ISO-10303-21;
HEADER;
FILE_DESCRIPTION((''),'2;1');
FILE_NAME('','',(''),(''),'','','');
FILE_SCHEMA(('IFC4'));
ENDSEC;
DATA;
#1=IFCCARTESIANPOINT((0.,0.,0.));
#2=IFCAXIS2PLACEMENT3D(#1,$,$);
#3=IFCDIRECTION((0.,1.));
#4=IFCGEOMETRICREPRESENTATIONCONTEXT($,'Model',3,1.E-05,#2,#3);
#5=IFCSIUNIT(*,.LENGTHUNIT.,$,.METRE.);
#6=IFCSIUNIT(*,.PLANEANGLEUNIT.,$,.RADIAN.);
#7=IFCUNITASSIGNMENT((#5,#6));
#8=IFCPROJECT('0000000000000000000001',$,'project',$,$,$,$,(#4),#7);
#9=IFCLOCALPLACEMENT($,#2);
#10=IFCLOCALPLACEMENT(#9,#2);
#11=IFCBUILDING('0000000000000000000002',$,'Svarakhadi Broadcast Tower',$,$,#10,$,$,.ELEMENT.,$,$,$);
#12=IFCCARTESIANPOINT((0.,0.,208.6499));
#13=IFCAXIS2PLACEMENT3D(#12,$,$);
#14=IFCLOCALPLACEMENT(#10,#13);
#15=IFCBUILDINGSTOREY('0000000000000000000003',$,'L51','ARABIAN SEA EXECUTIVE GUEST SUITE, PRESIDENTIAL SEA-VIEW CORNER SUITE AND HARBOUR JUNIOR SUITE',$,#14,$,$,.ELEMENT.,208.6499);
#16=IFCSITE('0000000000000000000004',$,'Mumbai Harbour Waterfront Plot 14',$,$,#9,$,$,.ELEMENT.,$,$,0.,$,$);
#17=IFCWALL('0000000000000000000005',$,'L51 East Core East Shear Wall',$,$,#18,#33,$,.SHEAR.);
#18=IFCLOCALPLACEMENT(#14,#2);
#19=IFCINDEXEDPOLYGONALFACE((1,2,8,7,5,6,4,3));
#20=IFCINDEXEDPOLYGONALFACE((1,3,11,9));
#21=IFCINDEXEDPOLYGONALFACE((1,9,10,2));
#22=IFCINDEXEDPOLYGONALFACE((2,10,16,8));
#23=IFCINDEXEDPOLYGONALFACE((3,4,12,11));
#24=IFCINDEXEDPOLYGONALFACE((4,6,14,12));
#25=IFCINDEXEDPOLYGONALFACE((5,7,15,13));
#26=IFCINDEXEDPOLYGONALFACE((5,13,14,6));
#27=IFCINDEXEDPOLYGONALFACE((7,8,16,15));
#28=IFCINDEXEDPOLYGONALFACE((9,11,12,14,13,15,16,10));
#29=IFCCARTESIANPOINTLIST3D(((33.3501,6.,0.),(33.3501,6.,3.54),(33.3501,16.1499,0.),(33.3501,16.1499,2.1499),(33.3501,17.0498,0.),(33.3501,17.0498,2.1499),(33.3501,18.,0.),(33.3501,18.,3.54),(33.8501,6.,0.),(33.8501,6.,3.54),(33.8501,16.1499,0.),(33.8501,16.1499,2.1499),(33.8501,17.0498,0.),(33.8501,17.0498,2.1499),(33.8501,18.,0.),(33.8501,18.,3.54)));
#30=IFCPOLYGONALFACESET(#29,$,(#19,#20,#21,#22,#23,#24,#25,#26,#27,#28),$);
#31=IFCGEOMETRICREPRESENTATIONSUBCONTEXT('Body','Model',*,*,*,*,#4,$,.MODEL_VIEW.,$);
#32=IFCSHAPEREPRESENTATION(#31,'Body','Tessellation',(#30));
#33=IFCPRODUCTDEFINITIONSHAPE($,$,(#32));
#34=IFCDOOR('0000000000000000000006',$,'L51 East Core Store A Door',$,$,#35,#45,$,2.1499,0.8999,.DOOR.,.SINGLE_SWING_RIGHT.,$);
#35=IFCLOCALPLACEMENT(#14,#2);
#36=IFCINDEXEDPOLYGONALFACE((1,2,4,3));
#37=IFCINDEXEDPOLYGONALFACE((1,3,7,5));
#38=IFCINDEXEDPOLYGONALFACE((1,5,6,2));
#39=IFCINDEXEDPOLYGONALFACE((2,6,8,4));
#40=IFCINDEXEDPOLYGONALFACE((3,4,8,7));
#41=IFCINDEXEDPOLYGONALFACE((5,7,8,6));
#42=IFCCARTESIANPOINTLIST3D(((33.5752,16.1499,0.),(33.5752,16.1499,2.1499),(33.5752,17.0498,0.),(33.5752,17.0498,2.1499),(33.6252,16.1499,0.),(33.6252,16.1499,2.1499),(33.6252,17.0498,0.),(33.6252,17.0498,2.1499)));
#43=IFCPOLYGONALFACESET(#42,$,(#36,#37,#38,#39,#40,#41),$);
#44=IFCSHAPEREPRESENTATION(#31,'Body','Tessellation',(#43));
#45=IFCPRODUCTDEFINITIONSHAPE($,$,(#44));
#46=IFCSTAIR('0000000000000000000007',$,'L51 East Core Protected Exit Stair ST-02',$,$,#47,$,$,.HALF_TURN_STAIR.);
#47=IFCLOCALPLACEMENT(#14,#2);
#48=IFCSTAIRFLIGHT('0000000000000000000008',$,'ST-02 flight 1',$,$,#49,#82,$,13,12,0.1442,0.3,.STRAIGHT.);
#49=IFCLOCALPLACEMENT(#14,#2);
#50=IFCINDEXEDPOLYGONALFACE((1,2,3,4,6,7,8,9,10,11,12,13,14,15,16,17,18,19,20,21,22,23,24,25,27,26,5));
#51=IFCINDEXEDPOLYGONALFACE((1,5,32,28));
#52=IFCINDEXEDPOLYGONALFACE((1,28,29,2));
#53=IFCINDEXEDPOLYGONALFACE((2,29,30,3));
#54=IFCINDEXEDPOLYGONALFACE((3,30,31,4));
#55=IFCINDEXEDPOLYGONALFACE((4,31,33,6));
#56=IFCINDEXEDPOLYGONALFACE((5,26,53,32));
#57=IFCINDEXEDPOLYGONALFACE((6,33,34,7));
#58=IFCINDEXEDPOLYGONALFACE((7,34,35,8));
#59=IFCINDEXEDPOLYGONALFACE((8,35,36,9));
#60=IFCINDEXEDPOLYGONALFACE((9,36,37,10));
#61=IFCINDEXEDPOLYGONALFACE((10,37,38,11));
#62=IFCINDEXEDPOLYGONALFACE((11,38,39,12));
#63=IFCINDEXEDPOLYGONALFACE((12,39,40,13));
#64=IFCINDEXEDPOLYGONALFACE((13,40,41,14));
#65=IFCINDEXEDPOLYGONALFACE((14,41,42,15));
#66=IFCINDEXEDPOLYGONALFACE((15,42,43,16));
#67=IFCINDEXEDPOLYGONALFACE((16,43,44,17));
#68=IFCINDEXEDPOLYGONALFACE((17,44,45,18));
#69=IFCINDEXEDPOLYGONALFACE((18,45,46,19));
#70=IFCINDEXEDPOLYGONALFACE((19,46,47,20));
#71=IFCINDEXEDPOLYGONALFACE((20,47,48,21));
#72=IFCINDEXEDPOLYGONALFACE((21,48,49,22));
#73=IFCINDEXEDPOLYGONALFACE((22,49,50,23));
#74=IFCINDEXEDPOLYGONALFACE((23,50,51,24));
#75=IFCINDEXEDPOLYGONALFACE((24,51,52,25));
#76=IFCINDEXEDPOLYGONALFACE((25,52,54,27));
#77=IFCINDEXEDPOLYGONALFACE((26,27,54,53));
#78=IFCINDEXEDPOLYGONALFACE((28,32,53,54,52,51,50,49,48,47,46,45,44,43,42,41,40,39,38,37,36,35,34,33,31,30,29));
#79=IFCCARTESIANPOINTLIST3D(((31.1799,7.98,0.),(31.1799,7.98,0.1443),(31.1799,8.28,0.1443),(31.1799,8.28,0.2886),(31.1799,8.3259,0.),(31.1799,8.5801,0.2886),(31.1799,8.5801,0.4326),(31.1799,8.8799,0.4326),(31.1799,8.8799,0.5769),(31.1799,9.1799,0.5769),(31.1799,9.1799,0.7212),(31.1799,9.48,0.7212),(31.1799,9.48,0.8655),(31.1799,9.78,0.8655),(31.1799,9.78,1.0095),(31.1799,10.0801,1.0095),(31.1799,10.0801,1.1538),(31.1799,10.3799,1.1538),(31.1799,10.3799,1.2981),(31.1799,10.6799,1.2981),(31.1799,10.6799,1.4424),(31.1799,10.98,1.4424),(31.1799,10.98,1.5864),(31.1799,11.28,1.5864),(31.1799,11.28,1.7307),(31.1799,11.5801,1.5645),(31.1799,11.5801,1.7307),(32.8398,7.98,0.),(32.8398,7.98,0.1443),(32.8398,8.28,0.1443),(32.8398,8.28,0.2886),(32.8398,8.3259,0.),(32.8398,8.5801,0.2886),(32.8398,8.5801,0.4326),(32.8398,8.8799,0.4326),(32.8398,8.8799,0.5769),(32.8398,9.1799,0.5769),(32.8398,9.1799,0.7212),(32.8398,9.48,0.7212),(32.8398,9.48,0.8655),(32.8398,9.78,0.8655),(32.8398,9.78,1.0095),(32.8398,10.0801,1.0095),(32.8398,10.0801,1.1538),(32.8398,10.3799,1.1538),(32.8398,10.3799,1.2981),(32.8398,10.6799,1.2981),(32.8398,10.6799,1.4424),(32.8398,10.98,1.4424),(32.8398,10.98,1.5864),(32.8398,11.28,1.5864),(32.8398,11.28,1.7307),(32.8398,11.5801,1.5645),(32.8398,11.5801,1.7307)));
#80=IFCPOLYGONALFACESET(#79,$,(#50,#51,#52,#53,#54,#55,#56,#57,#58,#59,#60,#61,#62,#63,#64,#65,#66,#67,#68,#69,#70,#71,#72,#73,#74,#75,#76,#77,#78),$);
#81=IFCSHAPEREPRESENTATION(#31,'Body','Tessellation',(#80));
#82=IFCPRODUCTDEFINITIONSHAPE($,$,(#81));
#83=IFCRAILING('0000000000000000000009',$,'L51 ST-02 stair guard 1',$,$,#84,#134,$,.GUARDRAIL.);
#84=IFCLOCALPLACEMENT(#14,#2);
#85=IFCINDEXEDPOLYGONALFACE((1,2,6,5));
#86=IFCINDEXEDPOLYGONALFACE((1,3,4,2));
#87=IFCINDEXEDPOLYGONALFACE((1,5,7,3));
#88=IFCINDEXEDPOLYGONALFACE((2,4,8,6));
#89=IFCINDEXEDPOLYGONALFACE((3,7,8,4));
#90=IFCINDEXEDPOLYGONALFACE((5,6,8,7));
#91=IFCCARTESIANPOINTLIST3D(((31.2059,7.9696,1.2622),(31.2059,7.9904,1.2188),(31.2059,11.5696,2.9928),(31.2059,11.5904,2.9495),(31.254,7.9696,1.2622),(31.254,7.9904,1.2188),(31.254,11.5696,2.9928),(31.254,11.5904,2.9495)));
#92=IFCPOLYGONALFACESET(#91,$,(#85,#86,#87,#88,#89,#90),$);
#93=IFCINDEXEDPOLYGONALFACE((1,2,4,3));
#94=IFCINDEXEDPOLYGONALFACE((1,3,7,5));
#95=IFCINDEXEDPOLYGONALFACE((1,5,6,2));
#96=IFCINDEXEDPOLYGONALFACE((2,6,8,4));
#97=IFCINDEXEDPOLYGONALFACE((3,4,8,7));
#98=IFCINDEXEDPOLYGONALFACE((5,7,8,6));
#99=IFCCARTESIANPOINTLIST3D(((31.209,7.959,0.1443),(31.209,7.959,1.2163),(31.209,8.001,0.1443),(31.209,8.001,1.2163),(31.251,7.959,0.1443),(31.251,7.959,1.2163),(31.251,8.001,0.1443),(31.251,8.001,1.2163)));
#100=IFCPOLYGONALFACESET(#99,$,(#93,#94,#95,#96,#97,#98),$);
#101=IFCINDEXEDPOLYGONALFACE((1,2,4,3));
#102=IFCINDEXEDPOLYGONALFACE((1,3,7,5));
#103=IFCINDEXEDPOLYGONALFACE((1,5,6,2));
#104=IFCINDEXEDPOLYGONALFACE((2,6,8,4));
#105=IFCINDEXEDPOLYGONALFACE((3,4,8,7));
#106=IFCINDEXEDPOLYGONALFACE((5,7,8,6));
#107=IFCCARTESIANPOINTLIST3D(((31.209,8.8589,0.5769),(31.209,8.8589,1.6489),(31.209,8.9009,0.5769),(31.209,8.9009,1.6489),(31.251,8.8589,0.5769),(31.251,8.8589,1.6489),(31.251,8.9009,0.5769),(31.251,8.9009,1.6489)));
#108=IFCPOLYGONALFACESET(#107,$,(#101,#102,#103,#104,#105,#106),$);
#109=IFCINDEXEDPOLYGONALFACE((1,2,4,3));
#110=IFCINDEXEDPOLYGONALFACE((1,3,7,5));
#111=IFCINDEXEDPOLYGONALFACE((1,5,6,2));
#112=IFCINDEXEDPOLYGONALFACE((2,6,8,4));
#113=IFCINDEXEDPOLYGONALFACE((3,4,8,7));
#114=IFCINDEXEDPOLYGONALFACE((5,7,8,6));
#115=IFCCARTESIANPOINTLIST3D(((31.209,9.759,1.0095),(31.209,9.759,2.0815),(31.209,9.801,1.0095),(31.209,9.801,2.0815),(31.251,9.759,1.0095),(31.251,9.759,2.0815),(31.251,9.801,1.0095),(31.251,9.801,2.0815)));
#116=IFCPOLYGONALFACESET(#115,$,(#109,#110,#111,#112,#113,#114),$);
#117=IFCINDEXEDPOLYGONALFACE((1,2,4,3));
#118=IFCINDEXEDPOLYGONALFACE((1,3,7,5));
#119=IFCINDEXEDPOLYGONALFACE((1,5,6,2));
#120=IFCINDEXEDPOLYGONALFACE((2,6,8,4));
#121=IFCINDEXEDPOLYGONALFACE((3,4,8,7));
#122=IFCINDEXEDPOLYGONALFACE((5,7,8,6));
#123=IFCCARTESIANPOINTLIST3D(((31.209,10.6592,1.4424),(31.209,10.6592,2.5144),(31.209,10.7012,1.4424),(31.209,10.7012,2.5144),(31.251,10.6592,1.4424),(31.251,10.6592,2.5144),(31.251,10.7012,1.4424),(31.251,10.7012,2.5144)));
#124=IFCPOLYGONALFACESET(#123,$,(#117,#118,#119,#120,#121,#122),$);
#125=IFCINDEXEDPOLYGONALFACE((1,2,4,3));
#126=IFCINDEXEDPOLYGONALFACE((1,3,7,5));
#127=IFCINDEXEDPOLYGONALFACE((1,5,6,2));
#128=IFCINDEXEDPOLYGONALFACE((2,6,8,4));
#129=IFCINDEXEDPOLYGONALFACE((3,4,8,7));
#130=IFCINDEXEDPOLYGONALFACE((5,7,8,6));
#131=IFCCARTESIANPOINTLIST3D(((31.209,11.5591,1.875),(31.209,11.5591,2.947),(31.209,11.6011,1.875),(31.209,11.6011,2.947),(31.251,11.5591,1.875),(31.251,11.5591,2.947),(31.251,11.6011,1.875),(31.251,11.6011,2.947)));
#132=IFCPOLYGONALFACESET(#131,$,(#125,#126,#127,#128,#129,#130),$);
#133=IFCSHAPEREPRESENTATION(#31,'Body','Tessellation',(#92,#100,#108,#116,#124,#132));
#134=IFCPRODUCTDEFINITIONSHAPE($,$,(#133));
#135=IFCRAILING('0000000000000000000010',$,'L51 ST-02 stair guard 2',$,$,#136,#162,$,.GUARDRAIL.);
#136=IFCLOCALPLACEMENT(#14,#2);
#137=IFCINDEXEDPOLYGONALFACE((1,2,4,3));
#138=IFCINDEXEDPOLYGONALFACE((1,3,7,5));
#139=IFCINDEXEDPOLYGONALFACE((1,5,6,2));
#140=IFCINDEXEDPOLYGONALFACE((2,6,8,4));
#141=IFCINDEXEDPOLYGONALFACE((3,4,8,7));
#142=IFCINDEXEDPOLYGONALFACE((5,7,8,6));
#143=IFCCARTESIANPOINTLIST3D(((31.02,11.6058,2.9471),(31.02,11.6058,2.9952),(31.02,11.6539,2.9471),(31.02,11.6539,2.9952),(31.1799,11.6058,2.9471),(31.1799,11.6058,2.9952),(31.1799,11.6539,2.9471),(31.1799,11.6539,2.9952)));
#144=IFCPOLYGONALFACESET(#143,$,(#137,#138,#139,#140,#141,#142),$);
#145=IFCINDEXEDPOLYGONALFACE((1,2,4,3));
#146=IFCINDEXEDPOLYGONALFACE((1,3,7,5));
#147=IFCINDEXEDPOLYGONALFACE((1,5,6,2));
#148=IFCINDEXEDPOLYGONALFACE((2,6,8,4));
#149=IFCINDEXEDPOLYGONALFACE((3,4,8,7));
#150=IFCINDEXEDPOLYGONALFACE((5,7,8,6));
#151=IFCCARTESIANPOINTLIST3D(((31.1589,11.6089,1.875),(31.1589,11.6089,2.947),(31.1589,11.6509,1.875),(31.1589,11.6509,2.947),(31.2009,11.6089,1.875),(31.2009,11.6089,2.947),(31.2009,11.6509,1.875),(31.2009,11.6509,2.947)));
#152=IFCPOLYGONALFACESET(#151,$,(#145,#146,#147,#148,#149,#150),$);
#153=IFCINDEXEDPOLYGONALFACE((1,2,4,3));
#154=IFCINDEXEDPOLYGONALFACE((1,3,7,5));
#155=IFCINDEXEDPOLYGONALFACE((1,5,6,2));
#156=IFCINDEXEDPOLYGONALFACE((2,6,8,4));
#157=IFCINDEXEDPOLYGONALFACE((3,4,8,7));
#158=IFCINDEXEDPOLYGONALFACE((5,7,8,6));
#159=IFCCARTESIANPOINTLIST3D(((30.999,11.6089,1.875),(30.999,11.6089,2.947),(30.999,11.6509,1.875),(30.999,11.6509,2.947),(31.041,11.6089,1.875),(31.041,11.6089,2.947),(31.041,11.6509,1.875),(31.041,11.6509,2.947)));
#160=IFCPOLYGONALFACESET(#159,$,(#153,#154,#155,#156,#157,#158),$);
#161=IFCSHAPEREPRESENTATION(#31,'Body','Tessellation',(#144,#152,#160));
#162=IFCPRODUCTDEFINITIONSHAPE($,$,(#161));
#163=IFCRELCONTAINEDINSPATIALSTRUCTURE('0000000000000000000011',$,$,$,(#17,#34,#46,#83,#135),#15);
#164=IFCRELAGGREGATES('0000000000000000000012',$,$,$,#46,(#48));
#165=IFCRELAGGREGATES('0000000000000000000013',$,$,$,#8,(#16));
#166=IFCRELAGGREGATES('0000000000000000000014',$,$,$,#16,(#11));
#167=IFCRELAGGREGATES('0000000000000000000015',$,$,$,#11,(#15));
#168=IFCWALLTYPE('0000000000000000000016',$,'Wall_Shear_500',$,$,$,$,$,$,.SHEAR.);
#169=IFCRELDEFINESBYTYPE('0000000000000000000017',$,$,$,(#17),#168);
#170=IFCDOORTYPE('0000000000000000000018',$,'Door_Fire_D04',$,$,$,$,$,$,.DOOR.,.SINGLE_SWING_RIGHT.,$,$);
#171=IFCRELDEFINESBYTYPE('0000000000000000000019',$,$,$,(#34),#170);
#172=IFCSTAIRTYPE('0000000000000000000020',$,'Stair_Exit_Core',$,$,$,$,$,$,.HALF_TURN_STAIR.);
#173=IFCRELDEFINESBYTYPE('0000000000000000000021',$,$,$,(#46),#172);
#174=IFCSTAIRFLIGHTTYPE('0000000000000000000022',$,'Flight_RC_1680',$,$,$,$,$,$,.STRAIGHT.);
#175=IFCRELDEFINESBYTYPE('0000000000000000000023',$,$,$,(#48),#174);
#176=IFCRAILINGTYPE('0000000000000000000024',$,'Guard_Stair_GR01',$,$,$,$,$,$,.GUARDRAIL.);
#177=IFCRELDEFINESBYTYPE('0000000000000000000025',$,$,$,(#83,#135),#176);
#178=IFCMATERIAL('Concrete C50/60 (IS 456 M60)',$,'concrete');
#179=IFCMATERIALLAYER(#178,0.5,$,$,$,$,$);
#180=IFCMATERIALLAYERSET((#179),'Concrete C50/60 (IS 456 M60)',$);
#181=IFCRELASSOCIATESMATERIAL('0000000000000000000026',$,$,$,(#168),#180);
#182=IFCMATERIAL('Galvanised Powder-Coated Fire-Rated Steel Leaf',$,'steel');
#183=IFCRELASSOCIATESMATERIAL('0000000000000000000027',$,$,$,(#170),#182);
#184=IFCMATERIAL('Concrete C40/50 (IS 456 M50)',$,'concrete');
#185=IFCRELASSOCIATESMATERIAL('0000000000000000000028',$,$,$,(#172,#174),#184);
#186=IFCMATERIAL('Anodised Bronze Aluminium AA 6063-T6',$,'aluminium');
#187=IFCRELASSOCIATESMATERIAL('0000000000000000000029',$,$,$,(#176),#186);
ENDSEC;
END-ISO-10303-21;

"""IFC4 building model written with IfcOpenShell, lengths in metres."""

from ifc_helpers import new_model, si_unit, direction, frame, frame_2d, origin, origin_2d, place, context, subcontext, project, spatial, polyline, rectangle, outline, extrude, material, layer, layer_set, type_object, element, fill, aggregate, save


model = new_model("IFC4")

# Units and contexts
model_context = context("Model", 3, precision=1e-05, world=origin(), true_north=direction((0.0, 1.0)))
body_context = subcontext(model_context, "Body", "Model", "MODEL_VIEW")
ifc_project = project(units=[si_unit("LENGTHUNIT", "METRE"), si_unit("PLANEANGLEUNIT", "RADIAN")], contexts=[model_context])

# Site, building, storey
site_placement = place(None, origin())
site = spatial("IfcSite", under=ifc_project, at=site_placement, Name="Mumbai Harbour Waterfront Plot 14", CompositionType="ELEMENT", RefElevation=0.0)
building_placement = place(site_placement, origin())
building = spatial("IfcBuilding", under=site, at=building_placement, Name="Svarakhadi Broadcast Tower", CompositionType="ELEMENT")
storey_placement = place(building_placement, frame((0.0, 0.0, 208.6499)))
storey = spatial("IfcBuildingStorey", under=building, at=storey_placement, Name="L51", Description="ARABIAN SEA EXECUTIVE GUEST SUITE, PRESIDENTIAL SEA-VIEW CORNER SUITE AND HARBOUR JUNIOR SUITE", CompositionType="ELEMENT", Elevation=208.6499)

# Shared definitions
ifc_material_1 = material(Name="Concrete C50/60 (IS 456 M60)", Category="concrete")

# Shared definitions
ifc_material_2 = material(Name="Anodised Bronze Aluminium AA 6063-T6", Category="aluminium")

# Shared definitions
ifc_material_3 = material(Name="Concrete C40/50 (IS 456 M50)", Category="concrete")

# Wall, opening, door
ifc_layer_1 = layer(ifc_material_1, 0.5)
ifc_layer_set_1 = layer_set([ifc_layer_1], Name="Concrete C50/60 (IS 456 M60)")
wall_type_1 = type_object("IfcWallType", Name="Wall_Shear_500", PredefinedType="SHEAR", material=ifc_layer_set_1)
wall_1_placement = place(storey_placement, frame((33.6001, 6.0, 0.0), z_axis=(0.0, 0.0, 1.0), x_axis=(0.0, 1.0, 0.0)))
wall_1 = element("IfcWall", 1, at=wall_1_placement, inside=storey, type_object=wall_type_1, Name="L51 East Core East Shear Wall", PredefinedType="SHEAR", context=body_context, shape_type="SweptSolid", body=[
    extrude(rectangle(XDim=12.0, YDim=0.5, at=frame_2d((6.0, 0.0))), origin(), (0.0, 0.0, 1.0), 3.54),
])
opening_placement = place(wall_1_placement, frame((10.1499, 0.0, 0.0)))
opening = element("IfcOpeningElement", 2, at=opening_placement, cuts=wall_1, PredefinedType="OPENING", context=body_context, shape_type="SweptSolid", body=[
    extrude(rectangle(XDim=0.8999, YDim=2.1499, at=frame_2d((0.45, 1.075))), frame((0.0, 0.26, 0.0), z_axis=(0.0, -1.0, 0.0), x_axis=(1.0, 0.0, 0.0)), (0.0, 0.0, 1.0), 0.52),
])
ifc_material_4 = material(Name="Galvanised Powder-Coated Fire-Rated Steel Leaf", Category="steel")
door_type = type_object("IfcDoorType", Name="Door_Fire_D04", OperationType="SINGLE_SWING_RIGHT", PredefinedType="DOOR", material=ifc_material_4)
door_placement = place(opening_placement, origin())
door = element("IfcDoor", 3, at=door_placement, inside=storey, type_object=door_type, Name="L51 East Core Store A Door", OperationType="SINGLE_SWING_RIGHT", OverallHeight=2.1499, OverallWidth=0.8999, PredefinedType="DOOR", context=body_context, shape_type="SweptSolid", body=[
    extrude(rectangle(XDim=0.8999, YDim=2.1499, at=frame_2d((0.45, 1.075))), frame((0.0, 0.0249, 0.0), z_axis=(0.0, -1.0, 0.0), x_axis=(1.0, 0.0, 0.0)), (0.0, 0.0, 1.0), 0.05),
])
fill(opening, door)

# Stair, stair flight
stair_type = type_object("IfcStairType", Name="Stair_Exit_Core", PredefinedType="HALF_TURN_STAIR", material=ifc_material_3)
stair_placement = place(storey_placement, origin())
stair = element("IfcStair", 4, at=stair_placement, inside=storey, type_object=stair_type, Name="L51 East Core Protected Exit Stair ST-02", PredefinedType="HALF_TURN_STAIR")
stair_flight_type = type_object("IfcStairFlightType", Name="Flight_RC_1680", PredefinedType="STRAIGHT", material=ifc_material_3)
stair_flight_placement = place(storey_placement, frame((32.01, 7.98, 0.0), z_axis=(0.0, 0.0, 1.0), x_axis=(0.0, 1.0, 0.0)))
stair_flight = element("IfcStairFlight", 5, at=stair_flight_placement, type_object=stair_flight_type, Name="ST-02 flight 1", NumberOfRisers=13, NumberOfTreads=12, PredefinedType="STRAIGHT", RiserHeight=0.1442, TreadLength=0.3, context=body_context, shape_type="SweptSolid", body=[
    extrude(outline(polyline([(0.0, 0.0), (0.0, 0.1443), (0.3, 0.1443), (0.3, 0.2886), (0.6001, 0.2886), (0.6001, 0.4326), (0.8999, 0.4326), (0.8999, 0.5769), (1.2, 0.5769), (1.2, 0.7212), (1.5, 0.7212), (1.5, 0.8655), (1.8, 0.8655), (1.8, 1.0095), (2.1001, 1.0095), (2.1001, 1.1538), (2.3999, 1.1538), (2.3999, 1.2981), (2.7, 1.2981), (2.7, 1.4424), (3.0, 1.4424), (3.0, 1.5864), (3.3, 1.5864), (3.3, 1.7307), (3.6001, 1.7307), (3.6001, 1.875), (3.6001, 1.5645), (0.3459, 0.0), (0.0, 0.0)])), frame((0.0, 0.8301, 0.0), z_axis=(0.0, -1.0, 0.0), x_axis=(1.0, 0.0, 0.0)), (0.0, 0.0, 1.0), 1.6599),
])
aggregate(stair, [stair_flight])

# Railings
railing_type_1 = type_object("IfcRailingType", Name="Guard_Stair_GR01", PredefinedType="GUARDRAIL", material=ifc_material_2)
railing_1_placement = place(storey_placement, frame((31.23, 7.98, 0.1443)))
element("IfcRailing", 6, at=railing_1_placement, inside=storey, type_object=railing_type_1, Name="L51 ST-02 stair guard 1", PredefinedType="GUARDRAIL", context=body_context, shape_type="SweptSolid", body=[
    extrude(rectangle(XDim=0.0481, YDim=0.0481, at=origin_2d()), frame((0.0, 0.0, 1.0962), z_axis=(0.0, 0.901263, 0.433273), x_axis=(-1.0, 0.0, 0.0)), (0.0, 0.0, 1.0), 3.9944),
    extrude(rectangle(XDim=0.042, YDim=0.042, at=origin_2d()), origin(), (0.0, 0.0, 1.0), 1.072),
    extrude(rectangle(XDim=0.042, YDim=0.042, at=origin_2d()), frame((0.0, 0.8999, 0.4326)), (0.0, 0.0, 1.0), 1.072),
    extrude(rectangle(XDim=0.042, YDim=0.042, at=origin_2d()), frame((0.0, 1.8, 0.8652)), (0.0, 0.0, 1.0), 1.072),
    extrude(rectangle(XDim=0.042, YDim=0.042, at=origin_2d()), frame((0.0, 2.7002, 1.2981)), (0.0, 0.0, 1.0), 1.072),
    extrude(rectangle(XDim=0.042, YDim=0.042, at=origin_2d()), frame((0.0, 3.6001, 1.7307)), (0.0, 0.0, 1.0), 1.072),
])
railing_2_placement = place(storey_placement, frame((31.1799, 11.6299, 1.875)))
element("IfcRailing", 7, at=railing_2_placement, inside=storey, type_object=railing_type_1, Name="L51 ST-02 stair guard 2", PredefinedType="GUARDRAIL", context=body_context, shape_type="SweptSolid", body=[
    extrude(rectangle(XDim=0.0481, YDim=0.0481, at=origin_2d()), frame((0.0, 0.0, 1.0962), z_axis=(-1.0, 0.0, 0.0), x_axis=(0.0, -1.0, 0.0)), (0.0, 0.0, 1.0), 0.1599),
    extrude(rectangle(XDim=0.042, YDim=0.042, at=origin_2d()), origin(), (0.0, 0.0, 1.0), 1.072),
    extrude(rectangle(XDim=0.042, YDim=0.042, at=origin_2d()), frame((-0.1599, 0.0, 0.0)), (0.0, 0.0, 1.0), 1.072),
])

save(model, "model.ifc")
